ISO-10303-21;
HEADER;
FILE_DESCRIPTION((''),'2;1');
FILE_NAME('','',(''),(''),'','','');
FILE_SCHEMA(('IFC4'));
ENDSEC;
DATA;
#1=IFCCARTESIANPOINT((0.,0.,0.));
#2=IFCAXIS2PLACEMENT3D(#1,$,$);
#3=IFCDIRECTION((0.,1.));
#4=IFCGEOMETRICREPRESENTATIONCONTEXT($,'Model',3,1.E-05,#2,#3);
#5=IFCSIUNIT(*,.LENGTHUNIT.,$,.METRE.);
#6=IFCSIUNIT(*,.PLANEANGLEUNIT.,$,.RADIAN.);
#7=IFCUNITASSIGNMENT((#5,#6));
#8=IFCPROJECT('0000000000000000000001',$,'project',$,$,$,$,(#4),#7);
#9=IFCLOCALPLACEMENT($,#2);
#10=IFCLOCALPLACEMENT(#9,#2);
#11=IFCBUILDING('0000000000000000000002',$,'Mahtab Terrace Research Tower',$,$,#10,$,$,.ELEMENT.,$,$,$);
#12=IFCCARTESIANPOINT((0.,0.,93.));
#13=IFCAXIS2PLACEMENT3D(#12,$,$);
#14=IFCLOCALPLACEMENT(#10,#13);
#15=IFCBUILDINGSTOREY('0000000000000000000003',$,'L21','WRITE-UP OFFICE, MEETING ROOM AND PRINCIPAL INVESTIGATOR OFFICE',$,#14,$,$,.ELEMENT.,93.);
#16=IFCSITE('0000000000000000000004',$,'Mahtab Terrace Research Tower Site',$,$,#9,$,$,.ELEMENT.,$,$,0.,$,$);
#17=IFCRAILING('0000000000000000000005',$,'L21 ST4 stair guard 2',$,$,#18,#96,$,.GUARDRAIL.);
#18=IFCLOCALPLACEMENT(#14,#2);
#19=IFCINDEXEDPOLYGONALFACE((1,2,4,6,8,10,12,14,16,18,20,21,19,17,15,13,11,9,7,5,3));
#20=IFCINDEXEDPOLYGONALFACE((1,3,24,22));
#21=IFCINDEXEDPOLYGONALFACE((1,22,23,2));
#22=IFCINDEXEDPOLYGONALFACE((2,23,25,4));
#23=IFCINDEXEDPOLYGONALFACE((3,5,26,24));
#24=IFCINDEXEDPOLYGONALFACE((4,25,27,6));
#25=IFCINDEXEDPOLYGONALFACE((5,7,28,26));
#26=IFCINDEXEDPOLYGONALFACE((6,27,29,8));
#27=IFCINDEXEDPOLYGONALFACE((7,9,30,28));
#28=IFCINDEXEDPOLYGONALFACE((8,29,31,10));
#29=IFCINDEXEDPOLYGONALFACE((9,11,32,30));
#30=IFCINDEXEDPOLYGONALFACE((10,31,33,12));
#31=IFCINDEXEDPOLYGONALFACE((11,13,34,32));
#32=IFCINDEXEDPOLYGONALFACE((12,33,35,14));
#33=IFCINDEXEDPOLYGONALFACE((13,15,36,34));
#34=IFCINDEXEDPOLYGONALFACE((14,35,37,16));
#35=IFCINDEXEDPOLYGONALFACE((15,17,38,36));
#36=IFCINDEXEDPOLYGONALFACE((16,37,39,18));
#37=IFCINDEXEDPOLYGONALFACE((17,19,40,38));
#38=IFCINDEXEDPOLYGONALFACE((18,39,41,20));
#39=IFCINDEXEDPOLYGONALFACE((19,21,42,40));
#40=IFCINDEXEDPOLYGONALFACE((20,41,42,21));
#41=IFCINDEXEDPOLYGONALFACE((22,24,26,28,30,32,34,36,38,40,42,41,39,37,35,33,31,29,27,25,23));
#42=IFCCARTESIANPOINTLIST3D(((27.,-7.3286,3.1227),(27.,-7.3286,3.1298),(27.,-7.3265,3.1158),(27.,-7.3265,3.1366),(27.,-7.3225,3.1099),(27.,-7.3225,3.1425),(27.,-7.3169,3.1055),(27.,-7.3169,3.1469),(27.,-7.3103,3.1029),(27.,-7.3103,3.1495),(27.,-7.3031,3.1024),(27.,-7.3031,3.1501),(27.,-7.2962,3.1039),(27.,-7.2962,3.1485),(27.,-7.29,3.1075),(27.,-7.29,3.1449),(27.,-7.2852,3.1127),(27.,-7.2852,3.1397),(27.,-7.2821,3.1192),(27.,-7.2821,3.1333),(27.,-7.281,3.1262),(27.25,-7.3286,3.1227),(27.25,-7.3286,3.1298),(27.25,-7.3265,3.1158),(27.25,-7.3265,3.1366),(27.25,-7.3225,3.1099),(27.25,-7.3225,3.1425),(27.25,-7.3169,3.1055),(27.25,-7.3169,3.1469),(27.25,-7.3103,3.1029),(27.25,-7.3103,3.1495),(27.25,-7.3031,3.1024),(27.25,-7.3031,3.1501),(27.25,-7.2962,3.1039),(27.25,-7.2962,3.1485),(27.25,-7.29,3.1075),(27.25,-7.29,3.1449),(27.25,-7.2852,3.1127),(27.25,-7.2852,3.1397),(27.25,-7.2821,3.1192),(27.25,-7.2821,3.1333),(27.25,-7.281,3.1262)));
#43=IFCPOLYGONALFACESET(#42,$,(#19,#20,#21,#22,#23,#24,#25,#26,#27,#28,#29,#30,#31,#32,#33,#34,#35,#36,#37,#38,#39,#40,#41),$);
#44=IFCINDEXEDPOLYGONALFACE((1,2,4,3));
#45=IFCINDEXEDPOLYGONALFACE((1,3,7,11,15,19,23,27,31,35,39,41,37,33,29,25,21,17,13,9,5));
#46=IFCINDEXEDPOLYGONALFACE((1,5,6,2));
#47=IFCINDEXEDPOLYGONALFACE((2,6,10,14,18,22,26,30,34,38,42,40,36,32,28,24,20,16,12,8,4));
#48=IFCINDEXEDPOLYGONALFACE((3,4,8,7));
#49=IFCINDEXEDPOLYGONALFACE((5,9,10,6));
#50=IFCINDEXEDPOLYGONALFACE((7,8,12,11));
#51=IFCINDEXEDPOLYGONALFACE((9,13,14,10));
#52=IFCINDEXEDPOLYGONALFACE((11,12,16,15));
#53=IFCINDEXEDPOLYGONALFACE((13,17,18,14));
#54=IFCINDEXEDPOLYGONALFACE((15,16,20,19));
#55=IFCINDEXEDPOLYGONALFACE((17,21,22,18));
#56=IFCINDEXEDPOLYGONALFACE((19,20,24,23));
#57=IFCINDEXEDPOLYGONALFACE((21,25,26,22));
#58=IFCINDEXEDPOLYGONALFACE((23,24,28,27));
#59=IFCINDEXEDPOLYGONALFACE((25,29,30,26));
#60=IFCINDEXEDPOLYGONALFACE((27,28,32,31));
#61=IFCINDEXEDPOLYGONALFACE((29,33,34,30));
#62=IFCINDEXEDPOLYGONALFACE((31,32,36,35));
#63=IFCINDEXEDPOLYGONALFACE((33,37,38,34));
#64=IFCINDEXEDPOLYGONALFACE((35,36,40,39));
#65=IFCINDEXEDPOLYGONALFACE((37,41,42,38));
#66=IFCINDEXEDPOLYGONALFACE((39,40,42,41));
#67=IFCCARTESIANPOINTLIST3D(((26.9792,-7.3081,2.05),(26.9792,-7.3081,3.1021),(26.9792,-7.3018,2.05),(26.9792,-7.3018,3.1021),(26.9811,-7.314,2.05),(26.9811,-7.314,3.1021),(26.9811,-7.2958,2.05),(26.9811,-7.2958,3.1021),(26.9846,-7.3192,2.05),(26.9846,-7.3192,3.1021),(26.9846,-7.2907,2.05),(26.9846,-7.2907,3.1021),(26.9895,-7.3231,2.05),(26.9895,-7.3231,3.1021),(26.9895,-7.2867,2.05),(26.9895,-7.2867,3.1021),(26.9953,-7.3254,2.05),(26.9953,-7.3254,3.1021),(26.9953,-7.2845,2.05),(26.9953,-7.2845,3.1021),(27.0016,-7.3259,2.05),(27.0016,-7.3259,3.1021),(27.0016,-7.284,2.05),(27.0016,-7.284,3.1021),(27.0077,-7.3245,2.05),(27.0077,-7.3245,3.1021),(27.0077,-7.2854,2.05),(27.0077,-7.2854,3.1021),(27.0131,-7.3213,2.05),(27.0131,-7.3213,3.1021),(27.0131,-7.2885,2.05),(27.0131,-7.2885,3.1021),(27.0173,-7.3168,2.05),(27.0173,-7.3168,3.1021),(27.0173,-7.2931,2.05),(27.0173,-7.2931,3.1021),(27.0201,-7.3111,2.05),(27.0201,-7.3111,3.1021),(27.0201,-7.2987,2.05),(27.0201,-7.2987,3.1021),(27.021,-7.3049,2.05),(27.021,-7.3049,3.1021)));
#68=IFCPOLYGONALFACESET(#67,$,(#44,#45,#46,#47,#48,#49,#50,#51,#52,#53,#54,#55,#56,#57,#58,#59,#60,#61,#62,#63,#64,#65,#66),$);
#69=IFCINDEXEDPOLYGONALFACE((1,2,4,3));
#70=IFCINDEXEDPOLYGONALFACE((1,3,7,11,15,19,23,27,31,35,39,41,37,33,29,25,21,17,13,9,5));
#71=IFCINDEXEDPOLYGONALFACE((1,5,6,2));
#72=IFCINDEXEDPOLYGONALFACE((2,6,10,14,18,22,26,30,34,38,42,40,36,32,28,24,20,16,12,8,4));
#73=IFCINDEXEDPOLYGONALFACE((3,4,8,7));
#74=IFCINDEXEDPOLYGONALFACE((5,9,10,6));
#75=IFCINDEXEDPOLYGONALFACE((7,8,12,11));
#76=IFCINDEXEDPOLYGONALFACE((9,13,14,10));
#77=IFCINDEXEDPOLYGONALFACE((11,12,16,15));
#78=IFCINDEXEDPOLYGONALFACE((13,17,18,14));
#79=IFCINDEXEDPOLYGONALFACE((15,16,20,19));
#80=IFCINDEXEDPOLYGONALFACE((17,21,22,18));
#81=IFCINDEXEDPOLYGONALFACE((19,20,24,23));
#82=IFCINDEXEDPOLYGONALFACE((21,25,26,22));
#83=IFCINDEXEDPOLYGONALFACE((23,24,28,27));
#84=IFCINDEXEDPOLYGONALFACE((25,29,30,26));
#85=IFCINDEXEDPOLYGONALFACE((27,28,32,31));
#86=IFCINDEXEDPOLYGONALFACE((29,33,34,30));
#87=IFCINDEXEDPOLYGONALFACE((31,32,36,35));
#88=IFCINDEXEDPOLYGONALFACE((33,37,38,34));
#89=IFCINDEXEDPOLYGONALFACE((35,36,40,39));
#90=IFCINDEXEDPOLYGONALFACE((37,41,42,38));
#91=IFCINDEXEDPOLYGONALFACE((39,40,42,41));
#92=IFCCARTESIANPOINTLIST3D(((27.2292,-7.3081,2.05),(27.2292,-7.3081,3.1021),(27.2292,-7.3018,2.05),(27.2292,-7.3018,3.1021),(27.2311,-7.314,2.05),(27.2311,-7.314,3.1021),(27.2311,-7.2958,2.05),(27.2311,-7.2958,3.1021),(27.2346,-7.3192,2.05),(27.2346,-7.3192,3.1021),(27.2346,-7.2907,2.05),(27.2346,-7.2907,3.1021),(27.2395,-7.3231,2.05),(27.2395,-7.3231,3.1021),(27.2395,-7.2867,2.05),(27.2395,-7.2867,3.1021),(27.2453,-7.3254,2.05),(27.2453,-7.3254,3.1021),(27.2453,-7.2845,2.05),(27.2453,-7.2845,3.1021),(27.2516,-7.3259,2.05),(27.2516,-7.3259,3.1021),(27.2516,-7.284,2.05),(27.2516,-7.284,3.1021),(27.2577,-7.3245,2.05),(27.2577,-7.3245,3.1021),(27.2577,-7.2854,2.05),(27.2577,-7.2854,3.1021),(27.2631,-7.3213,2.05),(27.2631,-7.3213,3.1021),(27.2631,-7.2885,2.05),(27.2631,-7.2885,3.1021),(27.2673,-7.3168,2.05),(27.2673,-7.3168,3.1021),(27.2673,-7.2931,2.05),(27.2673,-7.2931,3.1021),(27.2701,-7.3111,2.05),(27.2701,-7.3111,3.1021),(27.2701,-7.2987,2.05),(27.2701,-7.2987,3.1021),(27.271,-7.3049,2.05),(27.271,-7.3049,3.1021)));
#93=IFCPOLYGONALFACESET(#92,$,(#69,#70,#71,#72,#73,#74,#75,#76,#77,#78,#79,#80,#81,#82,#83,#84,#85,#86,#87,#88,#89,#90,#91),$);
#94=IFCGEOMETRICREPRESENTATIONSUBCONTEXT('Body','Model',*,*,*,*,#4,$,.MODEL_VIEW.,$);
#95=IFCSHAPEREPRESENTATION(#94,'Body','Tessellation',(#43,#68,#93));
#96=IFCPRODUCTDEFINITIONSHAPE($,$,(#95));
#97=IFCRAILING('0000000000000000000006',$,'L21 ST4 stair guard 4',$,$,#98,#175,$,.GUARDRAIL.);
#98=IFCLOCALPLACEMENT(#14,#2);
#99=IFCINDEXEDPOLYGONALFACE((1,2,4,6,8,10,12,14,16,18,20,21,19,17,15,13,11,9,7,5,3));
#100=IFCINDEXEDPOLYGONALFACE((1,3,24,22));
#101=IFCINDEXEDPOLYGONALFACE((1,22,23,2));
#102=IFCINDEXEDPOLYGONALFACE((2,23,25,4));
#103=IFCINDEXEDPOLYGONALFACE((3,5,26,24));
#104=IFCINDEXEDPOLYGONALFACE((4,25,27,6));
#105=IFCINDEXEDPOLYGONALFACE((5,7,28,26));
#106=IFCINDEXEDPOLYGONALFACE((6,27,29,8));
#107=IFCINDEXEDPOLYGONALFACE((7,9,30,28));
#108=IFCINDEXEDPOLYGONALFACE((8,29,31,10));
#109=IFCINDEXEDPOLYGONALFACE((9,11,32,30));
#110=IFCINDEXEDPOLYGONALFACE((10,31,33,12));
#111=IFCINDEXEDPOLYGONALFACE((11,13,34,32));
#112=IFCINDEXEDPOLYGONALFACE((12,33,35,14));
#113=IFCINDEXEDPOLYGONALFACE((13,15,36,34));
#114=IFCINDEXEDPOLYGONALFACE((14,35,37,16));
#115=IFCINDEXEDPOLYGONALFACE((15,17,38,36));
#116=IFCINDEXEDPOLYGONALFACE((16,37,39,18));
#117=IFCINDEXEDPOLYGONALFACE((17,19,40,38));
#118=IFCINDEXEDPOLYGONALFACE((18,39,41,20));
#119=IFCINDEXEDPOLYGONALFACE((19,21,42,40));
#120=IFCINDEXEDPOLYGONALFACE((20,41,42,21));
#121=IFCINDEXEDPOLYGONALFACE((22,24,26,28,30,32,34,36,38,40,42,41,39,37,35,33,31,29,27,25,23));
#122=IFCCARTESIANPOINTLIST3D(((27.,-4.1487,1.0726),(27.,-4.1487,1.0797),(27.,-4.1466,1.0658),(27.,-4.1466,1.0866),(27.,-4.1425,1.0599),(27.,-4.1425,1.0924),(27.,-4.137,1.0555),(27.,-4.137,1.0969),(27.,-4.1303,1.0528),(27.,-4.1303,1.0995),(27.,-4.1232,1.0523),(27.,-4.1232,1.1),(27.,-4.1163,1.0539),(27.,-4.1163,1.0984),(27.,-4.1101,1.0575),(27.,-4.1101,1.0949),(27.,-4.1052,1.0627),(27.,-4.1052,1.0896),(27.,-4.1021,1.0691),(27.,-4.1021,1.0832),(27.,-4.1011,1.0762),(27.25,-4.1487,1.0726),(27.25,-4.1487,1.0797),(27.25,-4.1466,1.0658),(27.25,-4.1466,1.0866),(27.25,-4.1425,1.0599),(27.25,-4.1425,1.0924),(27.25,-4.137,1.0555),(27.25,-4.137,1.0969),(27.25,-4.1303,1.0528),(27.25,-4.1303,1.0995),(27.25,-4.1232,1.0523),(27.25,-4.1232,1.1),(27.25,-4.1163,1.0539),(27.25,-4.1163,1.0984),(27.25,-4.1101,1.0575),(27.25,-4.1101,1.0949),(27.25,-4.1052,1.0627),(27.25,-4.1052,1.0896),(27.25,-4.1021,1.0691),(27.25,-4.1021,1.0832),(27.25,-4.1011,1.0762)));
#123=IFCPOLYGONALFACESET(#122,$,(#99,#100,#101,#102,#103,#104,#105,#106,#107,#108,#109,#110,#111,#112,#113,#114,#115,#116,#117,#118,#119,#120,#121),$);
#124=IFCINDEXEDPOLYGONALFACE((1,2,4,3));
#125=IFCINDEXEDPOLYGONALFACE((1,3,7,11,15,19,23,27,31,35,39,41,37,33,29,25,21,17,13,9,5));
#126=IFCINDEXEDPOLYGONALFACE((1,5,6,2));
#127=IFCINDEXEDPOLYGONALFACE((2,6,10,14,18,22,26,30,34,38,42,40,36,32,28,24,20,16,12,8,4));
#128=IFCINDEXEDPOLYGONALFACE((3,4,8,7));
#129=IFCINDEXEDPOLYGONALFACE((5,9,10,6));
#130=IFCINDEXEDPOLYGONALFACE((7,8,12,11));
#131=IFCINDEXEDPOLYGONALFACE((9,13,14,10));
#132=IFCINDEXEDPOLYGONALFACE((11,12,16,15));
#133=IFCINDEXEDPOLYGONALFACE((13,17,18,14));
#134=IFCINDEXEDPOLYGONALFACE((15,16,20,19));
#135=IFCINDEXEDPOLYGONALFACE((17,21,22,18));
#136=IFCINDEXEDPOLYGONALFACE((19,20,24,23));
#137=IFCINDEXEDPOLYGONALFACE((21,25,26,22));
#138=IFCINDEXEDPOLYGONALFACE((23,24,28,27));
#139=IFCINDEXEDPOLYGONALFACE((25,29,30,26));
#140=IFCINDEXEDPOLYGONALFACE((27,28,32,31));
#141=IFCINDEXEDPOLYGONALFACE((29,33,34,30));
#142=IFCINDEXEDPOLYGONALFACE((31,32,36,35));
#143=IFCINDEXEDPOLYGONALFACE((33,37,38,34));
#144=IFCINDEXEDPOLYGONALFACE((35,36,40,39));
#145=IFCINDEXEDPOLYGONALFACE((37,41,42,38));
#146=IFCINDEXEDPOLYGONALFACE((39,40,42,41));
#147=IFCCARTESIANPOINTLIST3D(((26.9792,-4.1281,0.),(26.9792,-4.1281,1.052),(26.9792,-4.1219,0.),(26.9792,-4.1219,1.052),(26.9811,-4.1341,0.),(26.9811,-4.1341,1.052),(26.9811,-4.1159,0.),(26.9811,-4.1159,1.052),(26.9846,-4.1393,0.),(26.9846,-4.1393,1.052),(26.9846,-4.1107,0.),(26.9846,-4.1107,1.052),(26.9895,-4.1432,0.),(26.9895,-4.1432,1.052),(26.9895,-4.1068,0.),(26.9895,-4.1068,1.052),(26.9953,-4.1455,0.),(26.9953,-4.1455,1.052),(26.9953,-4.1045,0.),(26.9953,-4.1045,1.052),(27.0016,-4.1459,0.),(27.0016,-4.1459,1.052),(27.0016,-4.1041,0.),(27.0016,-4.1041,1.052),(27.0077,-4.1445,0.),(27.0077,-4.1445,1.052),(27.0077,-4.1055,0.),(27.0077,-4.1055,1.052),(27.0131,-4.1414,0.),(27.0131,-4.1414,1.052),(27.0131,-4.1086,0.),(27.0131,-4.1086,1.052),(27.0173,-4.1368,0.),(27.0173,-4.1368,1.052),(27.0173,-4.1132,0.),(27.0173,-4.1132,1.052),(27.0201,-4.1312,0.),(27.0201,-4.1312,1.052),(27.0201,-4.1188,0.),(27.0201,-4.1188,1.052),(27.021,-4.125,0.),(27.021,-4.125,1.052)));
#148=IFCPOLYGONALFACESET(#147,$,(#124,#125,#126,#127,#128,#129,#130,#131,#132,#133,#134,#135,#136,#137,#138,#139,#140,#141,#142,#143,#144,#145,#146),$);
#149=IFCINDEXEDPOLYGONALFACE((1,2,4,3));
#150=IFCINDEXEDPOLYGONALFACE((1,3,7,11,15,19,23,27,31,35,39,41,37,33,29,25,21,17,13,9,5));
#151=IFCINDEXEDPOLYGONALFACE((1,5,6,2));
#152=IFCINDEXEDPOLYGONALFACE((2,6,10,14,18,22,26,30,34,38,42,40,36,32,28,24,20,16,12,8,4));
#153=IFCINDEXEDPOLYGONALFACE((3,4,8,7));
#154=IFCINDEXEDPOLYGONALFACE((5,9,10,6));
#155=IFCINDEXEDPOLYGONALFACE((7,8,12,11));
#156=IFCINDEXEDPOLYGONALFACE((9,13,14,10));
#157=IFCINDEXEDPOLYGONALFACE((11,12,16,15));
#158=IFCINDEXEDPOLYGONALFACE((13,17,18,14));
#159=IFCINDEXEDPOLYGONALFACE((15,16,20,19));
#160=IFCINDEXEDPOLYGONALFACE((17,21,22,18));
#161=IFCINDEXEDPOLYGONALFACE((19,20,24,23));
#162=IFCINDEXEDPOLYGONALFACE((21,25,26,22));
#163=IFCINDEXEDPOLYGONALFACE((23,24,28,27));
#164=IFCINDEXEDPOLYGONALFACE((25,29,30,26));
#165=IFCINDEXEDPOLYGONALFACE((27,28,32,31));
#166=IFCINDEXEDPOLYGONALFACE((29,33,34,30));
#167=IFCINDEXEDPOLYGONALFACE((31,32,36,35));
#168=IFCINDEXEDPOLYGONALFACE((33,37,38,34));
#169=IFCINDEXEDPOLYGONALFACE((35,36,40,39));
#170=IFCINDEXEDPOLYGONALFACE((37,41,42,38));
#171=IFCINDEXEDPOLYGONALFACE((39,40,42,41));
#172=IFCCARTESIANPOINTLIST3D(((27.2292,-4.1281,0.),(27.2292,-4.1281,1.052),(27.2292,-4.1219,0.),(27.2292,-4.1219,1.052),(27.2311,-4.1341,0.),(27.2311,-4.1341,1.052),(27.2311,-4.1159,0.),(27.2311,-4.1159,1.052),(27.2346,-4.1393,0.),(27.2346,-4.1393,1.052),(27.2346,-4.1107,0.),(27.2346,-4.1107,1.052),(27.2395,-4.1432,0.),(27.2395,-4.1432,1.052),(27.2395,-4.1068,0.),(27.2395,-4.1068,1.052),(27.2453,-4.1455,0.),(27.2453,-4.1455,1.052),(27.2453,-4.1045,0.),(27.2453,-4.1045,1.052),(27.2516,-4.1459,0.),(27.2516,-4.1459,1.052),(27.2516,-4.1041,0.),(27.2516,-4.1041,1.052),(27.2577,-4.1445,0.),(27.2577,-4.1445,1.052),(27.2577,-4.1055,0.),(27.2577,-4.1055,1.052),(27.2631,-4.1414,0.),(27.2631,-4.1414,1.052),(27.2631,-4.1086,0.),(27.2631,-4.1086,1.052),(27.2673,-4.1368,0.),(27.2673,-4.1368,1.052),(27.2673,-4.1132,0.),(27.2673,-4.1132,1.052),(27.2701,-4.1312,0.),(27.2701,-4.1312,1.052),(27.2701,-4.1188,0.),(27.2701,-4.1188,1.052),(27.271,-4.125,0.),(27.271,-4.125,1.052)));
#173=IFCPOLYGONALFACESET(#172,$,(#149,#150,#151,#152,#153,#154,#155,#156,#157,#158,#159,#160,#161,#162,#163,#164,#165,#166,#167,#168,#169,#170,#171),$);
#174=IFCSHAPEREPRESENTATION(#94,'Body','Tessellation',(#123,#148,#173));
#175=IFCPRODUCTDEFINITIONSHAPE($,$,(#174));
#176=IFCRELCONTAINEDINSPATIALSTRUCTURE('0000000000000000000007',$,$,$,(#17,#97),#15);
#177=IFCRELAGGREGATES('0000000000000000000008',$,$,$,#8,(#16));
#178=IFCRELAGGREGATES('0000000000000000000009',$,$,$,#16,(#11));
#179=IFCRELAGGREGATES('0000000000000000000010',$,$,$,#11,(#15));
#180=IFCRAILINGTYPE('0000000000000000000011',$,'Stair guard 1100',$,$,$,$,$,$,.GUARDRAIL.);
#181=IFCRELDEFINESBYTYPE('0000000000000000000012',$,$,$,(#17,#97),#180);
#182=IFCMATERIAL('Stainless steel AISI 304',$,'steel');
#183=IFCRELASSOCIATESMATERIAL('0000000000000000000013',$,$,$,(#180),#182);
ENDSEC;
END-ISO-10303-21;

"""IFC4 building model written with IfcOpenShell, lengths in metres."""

from ifc_helpers import new_model, si_unit, direction, frame, origin, origin_2d, place, context, subcontext, project, spatial, circle, extrude, material, type_object, element, save


model = new_model("IFC4")

# Units and contexts
model_context = context("Model", 3, precision=1e-05, world=origin(), true_north=direction((0.0, 1.0)))
body_context = subcontext(model_context, "Body", "Model", "MODEL_VIEW")
ifc_project = project(units=[si_unit("LENGTHUNIT", "METRE"), si_unit("PLANEANGLEUNIT", "RADIAN")], contexts=[model_context])

# Site, building, storey
site_placement = place(None, origin())
site = spatial("IfcSite", under=ifc_project, at=site_placement, Name="Mahtab Terrace Research Tower Site", CompositionType="ELEMENT", RefElevation=0.0)
building_placement = place(site_placement, origin())
building = spatial("IfcBuilding", under=site, at=building_placement, Name="Mahtab Terrace Research Tower", CompositionType="ELEMENT")
storey_placement = place(building_placement, frame((0.0, 0.0, 93.0)))
storey = spatial("IfcBuildingStorey", under=building, at=storey_placement, Name="L21", Description="WRITE-UP OFFICE, MEETING ROOM AND PRINCIPAL INVESTIGATOR OFFICE", CompositionType="ELEMENT", Elevation=93.0)

# Shared definitions
ifc_material_1 = material(Name="Stainless steel AISI 304", Category="steel")

# Railings
railing_type_1 = type_object("IfcRailingType", Name="Stair guard 1100", PredefinedType="GUARDRAIL", material=ifc_material_1)
for number, where, name in (
    (1, (27.0, -7.3049, 2.05), "L21 ST4 stair guard 2"),
    (2, (27.0, -4.125, 0.0), "L21 ST4 stair guard 4"),
):
    element("IfcRailing", number, at=place(storey_placement, frame(where)), inside=storey, type_object=railing_type_1, Name=name, PredefinedType="GUARDRAIL", context=body_context, shape_type="SweptSolid", body=[
        extrude(circle(Radius=0.0239, at=origin_2d()), frame((0.0, 0.0, 1.0762), z_axis=(1.0, 0.0, 0.0), x_axis=(0.0, 1.0, 0.0)), (0.0, 0.0, 1.0), 0.25),
        extrude(circle(Radius=0.021, at=origin_2d()), origin(), (0.0, 0.0, 1.0), 1.052),
        extrude(circle(Radius=0.021, at=origin_2d()), frame((0.25, 0.0, 0.0)), (0.0, 0.0, 1.0), 1.052),
    ])

save(model, "model.ifc")
